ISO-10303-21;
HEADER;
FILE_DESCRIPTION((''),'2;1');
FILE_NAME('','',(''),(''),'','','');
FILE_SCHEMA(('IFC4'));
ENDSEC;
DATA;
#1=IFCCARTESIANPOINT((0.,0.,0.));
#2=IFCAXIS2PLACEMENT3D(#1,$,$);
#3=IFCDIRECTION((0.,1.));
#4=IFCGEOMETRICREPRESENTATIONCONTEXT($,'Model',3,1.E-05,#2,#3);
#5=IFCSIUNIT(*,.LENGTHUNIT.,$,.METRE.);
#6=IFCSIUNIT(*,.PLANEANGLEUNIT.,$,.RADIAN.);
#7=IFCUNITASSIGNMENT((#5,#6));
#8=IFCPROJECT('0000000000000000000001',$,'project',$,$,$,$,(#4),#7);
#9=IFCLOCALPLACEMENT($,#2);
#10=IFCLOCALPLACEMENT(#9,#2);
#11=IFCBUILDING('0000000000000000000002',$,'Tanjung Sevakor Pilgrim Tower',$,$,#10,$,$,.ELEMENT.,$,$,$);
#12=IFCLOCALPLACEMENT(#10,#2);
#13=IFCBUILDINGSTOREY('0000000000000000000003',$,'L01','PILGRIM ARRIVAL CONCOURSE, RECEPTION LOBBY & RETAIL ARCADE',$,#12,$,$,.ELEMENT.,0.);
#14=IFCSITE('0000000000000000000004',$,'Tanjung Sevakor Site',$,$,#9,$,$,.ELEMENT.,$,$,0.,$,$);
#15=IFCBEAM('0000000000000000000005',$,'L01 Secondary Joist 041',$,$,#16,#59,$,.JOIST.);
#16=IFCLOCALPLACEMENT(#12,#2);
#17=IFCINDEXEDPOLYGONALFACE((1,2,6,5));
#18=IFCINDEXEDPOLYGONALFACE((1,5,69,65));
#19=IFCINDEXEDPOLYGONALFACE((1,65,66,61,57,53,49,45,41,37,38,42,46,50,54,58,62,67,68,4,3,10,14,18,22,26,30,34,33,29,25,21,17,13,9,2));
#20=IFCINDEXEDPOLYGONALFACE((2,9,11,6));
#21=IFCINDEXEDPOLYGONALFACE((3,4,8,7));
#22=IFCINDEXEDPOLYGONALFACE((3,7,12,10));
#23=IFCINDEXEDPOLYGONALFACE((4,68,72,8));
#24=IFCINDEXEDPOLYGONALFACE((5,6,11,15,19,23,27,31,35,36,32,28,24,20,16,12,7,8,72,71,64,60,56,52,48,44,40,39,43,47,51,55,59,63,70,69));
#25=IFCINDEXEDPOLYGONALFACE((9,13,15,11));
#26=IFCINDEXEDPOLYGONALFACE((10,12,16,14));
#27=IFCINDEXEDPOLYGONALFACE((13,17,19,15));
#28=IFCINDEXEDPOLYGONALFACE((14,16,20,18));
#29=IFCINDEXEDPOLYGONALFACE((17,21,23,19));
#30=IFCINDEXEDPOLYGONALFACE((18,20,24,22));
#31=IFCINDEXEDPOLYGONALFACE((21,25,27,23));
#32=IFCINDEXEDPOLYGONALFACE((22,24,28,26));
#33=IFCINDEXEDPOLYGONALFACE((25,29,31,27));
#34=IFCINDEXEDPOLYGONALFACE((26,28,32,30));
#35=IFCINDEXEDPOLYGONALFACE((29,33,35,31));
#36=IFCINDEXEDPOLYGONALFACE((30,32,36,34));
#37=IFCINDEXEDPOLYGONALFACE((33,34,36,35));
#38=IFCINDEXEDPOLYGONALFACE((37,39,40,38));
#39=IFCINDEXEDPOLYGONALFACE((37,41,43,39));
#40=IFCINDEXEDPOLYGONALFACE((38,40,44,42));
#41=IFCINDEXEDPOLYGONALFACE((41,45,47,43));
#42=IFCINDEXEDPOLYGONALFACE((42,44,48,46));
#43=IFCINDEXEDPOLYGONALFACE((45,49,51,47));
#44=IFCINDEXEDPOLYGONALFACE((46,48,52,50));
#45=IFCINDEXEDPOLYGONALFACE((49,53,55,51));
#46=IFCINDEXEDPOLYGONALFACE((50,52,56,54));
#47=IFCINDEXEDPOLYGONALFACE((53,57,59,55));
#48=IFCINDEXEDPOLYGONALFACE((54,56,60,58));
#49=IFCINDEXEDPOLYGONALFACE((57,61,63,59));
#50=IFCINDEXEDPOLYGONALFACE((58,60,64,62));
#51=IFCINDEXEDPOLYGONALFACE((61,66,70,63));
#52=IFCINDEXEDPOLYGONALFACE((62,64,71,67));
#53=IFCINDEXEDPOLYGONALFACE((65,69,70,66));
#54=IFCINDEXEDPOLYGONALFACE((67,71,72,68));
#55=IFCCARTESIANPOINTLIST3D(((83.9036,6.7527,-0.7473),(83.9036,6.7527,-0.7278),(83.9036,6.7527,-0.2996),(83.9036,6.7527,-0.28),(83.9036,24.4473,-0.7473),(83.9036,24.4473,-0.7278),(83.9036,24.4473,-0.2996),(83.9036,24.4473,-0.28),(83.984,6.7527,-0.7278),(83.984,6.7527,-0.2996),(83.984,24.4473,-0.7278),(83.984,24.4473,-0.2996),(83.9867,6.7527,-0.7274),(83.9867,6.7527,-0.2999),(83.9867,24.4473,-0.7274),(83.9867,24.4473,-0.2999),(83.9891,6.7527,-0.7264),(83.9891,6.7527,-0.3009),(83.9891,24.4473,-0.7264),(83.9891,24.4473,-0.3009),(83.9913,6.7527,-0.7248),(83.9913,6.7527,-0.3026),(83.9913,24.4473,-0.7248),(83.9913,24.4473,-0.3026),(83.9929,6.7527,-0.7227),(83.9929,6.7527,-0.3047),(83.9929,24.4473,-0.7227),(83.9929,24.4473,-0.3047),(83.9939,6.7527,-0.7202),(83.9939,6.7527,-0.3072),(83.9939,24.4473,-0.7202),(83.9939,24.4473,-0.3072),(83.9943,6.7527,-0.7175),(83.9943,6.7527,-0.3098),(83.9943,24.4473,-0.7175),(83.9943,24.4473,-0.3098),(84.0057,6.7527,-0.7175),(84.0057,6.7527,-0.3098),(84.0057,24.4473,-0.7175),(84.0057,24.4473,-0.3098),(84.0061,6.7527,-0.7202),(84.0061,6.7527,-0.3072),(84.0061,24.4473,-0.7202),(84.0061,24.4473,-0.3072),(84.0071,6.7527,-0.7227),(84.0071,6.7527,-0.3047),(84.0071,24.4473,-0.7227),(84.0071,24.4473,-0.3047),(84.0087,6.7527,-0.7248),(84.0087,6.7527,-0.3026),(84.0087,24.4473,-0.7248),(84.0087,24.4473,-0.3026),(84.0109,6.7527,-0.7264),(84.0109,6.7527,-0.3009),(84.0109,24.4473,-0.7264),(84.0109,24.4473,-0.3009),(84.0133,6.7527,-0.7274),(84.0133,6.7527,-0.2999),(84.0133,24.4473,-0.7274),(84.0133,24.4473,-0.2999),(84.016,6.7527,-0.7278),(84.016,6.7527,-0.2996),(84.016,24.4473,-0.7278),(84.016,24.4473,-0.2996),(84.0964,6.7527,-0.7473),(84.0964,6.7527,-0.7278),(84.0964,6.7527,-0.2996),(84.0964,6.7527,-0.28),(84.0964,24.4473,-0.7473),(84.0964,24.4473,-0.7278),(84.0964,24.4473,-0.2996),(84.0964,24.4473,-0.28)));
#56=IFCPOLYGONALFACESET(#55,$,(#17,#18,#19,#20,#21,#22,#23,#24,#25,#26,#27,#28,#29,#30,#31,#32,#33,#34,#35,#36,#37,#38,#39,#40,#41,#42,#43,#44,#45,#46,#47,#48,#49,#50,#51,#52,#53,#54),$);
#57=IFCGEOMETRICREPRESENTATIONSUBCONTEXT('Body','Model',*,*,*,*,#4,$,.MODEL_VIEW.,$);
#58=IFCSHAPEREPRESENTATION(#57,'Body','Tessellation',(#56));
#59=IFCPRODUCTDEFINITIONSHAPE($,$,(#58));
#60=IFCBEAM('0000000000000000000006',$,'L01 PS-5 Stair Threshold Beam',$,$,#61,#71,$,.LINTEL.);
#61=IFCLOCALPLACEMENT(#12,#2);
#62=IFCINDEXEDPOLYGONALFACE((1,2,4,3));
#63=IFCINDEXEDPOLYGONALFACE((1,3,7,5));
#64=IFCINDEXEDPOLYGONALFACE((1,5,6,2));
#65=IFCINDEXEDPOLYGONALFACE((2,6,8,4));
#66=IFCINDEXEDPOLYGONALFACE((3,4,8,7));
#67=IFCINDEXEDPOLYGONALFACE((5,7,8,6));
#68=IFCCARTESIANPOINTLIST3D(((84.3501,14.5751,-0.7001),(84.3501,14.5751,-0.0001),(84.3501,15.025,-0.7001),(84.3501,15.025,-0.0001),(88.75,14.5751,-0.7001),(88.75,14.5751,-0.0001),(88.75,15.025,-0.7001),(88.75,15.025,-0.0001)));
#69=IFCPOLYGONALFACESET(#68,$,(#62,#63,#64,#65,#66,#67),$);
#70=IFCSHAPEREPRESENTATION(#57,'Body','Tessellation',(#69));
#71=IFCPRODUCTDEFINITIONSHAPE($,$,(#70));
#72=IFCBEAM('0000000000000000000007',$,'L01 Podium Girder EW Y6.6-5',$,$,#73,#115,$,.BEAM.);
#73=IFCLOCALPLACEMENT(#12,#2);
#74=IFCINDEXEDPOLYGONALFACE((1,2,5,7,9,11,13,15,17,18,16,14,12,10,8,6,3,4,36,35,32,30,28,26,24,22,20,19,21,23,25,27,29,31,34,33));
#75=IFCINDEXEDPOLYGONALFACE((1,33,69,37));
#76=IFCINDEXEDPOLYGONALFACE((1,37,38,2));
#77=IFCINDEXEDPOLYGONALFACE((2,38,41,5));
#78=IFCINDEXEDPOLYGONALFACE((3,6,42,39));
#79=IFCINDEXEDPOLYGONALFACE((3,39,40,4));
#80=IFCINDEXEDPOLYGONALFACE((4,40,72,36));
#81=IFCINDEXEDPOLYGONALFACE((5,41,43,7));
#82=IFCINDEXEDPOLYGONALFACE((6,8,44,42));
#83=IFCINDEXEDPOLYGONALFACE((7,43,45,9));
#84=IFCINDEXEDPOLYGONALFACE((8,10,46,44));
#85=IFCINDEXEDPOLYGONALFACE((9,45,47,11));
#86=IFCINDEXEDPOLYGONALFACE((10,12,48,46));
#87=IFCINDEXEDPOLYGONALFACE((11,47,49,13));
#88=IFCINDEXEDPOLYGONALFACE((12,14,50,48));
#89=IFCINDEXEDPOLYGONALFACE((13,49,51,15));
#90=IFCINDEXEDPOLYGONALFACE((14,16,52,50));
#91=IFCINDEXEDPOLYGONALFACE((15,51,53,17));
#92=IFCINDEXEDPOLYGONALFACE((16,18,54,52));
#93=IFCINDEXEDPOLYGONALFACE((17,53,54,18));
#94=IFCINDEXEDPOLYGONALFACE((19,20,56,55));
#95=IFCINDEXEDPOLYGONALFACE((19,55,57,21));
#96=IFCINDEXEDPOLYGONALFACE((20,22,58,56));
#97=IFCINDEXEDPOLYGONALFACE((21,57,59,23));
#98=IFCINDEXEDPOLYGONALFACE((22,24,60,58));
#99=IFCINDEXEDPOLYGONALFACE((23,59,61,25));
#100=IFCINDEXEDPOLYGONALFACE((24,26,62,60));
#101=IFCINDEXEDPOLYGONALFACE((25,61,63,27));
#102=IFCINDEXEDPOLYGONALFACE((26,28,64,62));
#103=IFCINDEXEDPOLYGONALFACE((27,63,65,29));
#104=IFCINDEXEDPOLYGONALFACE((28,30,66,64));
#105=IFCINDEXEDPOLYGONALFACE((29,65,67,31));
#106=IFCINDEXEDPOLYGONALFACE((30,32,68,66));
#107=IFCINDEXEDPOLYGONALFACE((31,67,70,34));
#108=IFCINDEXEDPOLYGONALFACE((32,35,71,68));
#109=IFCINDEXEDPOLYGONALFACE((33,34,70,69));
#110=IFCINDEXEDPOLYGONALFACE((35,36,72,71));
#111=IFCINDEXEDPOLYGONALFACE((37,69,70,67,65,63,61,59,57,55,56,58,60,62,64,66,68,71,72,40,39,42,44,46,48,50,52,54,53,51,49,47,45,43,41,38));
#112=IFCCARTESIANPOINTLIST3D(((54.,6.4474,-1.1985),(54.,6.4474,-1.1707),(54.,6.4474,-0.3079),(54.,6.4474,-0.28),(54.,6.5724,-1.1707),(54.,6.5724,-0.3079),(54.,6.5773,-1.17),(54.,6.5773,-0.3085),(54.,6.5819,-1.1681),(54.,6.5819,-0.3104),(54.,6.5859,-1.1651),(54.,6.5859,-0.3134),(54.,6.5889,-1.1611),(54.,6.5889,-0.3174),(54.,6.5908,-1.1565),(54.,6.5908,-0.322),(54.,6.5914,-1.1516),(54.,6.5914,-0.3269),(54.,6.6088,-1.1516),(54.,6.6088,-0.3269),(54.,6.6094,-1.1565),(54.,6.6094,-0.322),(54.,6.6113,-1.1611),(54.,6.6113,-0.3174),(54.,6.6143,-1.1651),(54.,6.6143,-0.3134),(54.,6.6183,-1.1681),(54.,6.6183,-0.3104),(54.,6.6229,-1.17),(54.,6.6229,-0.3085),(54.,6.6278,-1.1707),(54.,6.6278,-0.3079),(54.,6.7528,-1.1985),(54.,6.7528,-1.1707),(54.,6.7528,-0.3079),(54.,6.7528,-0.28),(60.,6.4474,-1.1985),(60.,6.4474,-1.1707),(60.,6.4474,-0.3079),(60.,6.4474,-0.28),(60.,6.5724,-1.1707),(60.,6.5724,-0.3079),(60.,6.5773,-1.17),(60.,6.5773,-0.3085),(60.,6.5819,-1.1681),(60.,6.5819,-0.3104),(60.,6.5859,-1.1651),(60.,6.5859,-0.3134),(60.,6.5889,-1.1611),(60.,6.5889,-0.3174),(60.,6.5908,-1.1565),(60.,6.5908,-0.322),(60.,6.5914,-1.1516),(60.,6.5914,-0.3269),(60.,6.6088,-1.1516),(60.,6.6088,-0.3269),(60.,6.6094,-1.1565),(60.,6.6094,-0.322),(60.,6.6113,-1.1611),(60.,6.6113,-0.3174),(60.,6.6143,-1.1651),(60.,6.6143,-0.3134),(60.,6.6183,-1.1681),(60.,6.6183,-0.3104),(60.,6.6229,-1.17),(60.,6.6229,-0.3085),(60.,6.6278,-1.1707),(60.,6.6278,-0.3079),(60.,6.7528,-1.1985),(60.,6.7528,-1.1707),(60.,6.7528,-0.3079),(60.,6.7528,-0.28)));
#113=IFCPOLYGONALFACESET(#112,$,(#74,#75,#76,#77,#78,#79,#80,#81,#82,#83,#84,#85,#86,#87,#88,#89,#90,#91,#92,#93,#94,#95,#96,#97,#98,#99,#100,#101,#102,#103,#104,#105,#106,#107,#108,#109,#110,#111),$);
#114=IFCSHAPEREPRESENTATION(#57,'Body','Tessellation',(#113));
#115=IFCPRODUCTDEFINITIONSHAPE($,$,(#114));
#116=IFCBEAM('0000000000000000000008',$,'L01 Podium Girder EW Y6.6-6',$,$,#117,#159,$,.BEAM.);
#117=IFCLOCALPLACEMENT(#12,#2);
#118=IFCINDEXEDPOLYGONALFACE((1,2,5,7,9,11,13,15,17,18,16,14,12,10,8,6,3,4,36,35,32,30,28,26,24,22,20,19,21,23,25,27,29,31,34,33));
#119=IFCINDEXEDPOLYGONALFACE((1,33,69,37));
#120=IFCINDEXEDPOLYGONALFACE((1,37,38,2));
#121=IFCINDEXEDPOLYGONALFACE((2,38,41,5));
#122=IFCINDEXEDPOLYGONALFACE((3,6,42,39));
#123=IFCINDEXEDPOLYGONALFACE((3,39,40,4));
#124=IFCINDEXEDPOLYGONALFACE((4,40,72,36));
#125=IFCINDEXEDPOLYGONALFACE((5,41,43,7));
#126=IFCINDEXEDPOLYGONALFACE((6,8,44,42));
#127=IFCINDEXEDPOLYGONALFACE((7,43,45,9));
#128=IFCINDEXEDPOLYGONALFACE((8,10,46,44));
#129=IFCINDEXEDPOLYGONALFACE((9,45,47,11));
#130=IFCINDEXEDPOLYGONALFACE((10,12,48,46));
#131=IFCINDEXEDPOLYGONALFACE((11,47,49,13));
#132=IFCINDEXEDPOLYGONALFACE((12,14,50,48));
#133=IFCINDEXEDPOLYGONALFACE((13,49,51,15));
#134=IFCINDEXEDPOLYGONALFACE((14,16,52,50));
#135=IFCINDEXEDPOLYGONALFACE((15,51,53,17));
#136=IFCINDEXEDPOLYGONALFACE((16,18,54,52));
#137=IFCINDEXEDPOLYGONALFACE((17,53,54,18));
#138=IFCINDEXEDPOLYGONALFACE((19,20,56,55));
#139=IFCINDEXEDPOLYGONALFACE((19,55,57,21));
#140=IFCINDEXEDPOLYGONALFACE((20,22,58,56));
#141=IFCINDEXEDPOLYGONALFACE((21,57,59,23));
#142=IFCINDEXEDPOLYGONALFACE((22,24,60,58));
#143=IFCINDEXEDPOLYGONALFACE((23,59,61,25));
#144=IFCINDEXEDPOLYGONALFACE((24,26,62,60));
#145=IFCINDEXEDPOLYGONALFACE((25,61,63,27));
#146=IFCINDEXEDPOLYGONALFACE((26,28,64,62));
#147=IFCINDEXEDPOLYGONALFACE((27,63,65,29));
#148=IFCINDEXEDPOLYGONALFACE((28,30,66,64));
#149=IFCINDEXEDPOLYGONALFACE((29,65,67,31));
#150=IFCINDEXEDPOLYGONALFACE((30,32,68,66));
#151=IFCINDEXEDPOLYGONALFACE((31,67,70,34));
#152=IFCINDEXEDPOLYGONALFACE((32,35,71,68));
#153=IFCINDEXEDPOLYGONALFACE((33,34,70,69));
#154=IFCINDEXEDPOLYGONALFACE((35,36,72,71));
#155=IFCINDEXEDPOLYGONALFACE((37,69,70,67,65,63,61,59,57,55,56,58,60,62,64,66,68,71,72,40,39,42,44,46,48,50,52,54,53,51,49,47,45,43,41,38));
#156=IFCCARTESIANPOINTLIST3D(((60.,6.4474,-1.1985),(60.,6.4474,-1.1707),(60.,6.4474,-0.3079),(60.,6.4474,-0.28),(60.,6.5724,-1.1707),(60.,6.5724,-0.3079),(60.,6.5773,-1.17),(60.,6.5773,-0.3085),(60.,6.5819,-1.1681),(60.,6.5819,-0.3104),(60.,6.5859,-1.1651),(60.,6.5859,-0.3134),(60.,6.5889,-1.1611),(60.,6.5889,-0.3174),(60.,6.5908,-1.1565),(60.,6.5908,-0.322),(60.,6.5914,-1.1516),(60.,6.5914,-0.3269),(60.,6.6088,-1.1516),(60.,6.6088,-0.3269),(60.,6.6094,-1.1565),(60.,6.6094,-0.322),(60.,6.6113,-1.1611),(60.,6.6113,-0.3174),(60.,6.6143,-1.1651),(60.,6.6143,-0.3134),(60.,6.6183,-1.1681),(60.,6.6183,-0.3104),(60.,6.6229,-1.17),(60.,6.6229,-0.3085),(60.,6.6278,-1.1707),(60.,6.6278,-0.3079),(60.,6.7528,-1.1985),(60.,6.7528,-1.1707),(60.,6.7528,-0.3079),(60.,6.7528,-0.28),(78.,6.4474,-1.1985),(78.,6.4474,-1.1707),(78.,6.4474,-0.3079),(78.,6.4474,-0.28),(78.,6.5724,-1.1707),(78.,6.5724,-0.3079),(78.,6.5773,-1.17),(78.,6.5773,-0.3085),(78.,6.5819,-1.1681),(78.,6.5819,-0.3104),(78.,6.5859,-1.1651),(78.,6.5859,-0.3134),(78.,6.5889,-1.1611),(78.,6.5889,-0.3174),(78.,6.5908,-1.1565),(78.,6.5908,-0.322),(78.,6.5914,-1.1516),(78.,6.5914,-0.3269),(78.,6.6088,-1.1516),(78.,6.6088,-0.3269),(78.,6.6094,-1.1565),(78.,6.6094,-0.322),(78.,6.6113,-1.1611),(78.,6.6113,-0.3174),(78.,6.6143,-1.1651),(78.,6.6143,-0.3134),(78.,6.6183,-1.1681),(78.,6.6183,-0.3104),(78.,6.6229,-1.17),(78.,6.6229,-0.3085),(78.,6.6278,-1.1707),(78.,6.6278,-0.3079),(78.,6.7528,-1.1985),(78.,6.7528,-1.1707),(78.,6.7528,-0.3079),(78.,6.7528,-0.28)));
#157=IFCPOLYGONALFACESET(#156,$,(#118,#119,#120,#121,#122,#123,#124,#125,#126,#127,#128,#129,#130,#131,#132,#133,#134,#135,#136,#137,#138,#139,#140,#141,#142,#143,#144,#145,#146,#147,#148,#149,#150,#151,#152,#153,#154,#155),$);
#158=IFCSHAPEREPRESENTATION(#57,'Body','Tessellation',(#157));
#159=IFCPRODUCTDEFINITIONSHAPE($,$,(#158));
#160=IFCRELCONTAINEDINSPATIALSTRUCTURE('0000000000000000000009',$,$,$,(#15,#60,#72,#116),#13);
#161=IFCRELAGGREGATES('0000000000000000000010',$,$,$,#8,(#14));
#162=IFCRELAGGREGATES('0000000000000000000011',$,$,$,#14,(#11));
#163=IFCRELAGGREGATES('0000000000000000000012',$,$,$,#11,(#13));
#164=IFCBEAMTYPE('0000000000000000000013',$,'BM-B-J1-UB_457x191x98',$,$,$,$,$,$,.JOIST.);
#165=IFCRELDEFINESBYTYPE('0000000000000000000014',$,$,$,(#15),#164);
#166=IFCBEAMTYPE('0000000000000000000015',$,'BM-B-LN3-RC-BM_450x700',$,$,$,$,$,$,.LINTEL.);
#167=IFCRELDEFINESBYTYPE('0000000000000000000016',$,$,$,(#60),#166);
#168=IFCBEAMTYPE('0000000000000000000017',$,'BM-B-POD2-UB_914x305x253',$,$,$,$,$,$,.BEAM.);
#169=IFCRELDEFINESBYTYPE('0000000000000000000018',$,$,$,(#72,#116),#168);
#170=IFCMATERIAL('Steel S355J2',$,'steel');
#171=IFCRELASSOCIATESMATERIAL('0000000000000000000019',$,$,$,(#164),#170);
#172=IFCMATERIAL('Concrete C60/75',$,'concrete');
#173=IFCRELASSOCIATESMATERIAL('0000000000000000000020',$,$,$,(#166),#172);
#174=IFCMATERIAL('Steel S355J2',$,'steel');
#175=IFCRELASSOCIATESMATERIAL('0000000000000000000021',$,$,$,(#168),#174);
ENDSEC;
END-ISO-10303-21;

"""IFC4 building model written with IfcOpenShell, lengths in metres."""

from ifc_helpers import new_model, si_unit, direction, frame, origin, origin_2d, place, context, subcontext, project, spatial, rectangle, i_section, extrude, material, material_profile, profile_set, type_object, element, save


model = new_model("IFC4")

# Units and contexts
model_context = context("Model", 3, precision=1e-05, world=origin(), true_north=direction((0.0, 1.0)))
body_context = subcontext(model_context, "Body", "Model", "MODEL_VIEW")
ifc_project = project(units=[si_unit("LENGTHUNIT", "METRE"), si_unit("PLANEANGLEUNIT", "RADIAN")], contexts=[model_context])

# Site, building, storey
site_placement = place(None, origin())
site = spatial("IfcSite", under=ifc_project, at=site_placement, Name="Tanjung Sevakor Site", CompositionType="ELEMENT", RefElevation=0.0)
building_placement = place(site_placement, origin())
building = spatial("IfcBuilding", under=site, at=building_placement, Name="Tanjung Sevakor Pilgrim Tower", CompositionType="ELEMENT")
storey_placement = place(building_placement, origin())
storey = spatial("IfcBuildingStorey", under=building, at=storey_placement, Name="L01", Description="PILGRIM ARRIVAL CONCOURSE, RECEPTION LOBBY & RETAIL ARCADE", CompositionType="ELEMENT", Elevation=0.0)

# Beams
ifc_material_1 = material(Name="Steel S355J2", Category="steel")
ifc_material_profile_1 = material_profile(ifc_material_1, i_section(OverallWidth=0.1929, OverallDepth=0.4673, WebThickness=0.0115, FlangeThickness=0.0195, FilletRadius=0.0103, at=origin_2d()))
ifc_profile_set_1 = profile_set([ifc_material_profile_1], Name="Steel S355J2")
beam_type_1 = type_object("IfcBeamType", Name="BM-B-J1-UB_457x191x98", PredefinedType="JOIST", material=ifc_profile_set_1)
for number, where, z_axis, x_axis, name in (
    (1, (84.0, 6.7527, -0.5137), (0.0, 1.0, 0.0), (-1.0, 0.0, 0.0), "L01 Secondary Joist 041"),
):
    element("IfcBeam", number, at=place(storey_placement, frame(where, z_axis=z_axis, x_axis=x_axis)), inside=storey, type_object=beam_type_1, Name=name, PredefinedType="JOIST", context=body_context, shape_type="SweptSolid", body=[
        extrude(i_section(OverallWidth=0.1929, OverallDepth=0.4673, WebThickness=0.0115, FlangeThickness=0.0195, FilletRadius=0.0103, at=origin_2d()), origin(), (0.0, 0.0, 1.0), 17.6946),
    ])
ifc_material_2 = material(Name="Concrete C60/75", Category="concrete")
ifc_material_profile_2 = material_profile(ifc_material_2, rectangle(XDim=0.45, YDim=0.7, at=origin_2d()))
ifc_profile_set_2 = profile_set([ifc_material_profile_2], Name="Concrete C60/75")
beam_type_2 = type_object("IfcBeamType", Name="BM-B-LN3-RC-BM_450x700", PredefinedType="LINTEL", material=ifc_profile_set_2)
beam_1_placement = place(storey_placement, frame((84.3501, 14.8, -0.3501), z_axis=(1.0, 0.0, 0.0), x_axis=(0.0, 1.0, 0.0)))
element("IfcBeam", 2, at=beam_1_placement, inside=storey, type_object=beam_type_2, Name="L01 PS-5 Stair Threshold Beam", PredefinedType="LINTEL", context=body_context, shape_type="SweptSolid", body=[
    extrude(rectangle(XDim=0.45, YDim=0.7, at=origin_2d()), origin(), (0.0, 0.0, 1.0), 4.3999),
])
ifc_material_3 = material(Name="Steel S355J2", Category="steel")
ifc_material_profile_3 = material_profile(ifc_material_3, i_section(OverallWidth=0.3054, OverallDepth=0.9185, WebThickness=0.0173, FlangeThickness=0.0278, FilletRadius=0.019, at=origin_2d()))
ifc_profile_set_3 = profile_set([ifc_material_profile_3], Name="Steel S355J2")
beam_type_3 = type_object("IfcBeamType", Name="BM-B-POD2-UB_914x305x253", PredefinedType="BEAM", material=ifc_profile_set_3)
beam_2_placement = place(storey_placement, frame((54.0, 6.6001, -0.7393), z_axis=(1.0, 0.0, 0.0), x_axis=(0.0, 1.0, 0.0)))
element("IfcBeam", 3, at=beam_2_placement, inside=storey, type_object=beam_type_3, Name="L01 Podium Girder EW Y6.6-5", PredefinedType="BEAM", context=body_context, shape_type="SweptSolid", body=[
    extrude(i_section(OverallWidth=0.3054, OverallDepth=0.9185, WebThickness=0.0173, FlangeThickness=0.0278, FilletRadius=0.019, at=origin_2d()), origin(), (0.0, 0.0, 1.0), 6.0),
])
beam_3_placement = place(storey_placement, frame((60.0, 6.6001, -0.7393), z_axis=(1.0, 0.0, 0.0), x_axis=(0.0, 1.0, 0.0)))
element("IfcBeam", 4, at=beam_3_placement, inside=storey, type_object=beam_type_3, Name="L01 Podium Girder EW Y6.6-6", PredefinedType="BEAM", context=body_context, shape_type="SweptSolid", body=[
    extrude(i_section(OverallWidth=0.3054, OverallDepth=0.9185, WebThickness=0.0173, FlangeThickness=0.0278, FilletRadius=0.019, at=origin_2d()), origin(), (0.0, 0.0, 1.0), 18.0),
])

save(model, "model.ifc")
